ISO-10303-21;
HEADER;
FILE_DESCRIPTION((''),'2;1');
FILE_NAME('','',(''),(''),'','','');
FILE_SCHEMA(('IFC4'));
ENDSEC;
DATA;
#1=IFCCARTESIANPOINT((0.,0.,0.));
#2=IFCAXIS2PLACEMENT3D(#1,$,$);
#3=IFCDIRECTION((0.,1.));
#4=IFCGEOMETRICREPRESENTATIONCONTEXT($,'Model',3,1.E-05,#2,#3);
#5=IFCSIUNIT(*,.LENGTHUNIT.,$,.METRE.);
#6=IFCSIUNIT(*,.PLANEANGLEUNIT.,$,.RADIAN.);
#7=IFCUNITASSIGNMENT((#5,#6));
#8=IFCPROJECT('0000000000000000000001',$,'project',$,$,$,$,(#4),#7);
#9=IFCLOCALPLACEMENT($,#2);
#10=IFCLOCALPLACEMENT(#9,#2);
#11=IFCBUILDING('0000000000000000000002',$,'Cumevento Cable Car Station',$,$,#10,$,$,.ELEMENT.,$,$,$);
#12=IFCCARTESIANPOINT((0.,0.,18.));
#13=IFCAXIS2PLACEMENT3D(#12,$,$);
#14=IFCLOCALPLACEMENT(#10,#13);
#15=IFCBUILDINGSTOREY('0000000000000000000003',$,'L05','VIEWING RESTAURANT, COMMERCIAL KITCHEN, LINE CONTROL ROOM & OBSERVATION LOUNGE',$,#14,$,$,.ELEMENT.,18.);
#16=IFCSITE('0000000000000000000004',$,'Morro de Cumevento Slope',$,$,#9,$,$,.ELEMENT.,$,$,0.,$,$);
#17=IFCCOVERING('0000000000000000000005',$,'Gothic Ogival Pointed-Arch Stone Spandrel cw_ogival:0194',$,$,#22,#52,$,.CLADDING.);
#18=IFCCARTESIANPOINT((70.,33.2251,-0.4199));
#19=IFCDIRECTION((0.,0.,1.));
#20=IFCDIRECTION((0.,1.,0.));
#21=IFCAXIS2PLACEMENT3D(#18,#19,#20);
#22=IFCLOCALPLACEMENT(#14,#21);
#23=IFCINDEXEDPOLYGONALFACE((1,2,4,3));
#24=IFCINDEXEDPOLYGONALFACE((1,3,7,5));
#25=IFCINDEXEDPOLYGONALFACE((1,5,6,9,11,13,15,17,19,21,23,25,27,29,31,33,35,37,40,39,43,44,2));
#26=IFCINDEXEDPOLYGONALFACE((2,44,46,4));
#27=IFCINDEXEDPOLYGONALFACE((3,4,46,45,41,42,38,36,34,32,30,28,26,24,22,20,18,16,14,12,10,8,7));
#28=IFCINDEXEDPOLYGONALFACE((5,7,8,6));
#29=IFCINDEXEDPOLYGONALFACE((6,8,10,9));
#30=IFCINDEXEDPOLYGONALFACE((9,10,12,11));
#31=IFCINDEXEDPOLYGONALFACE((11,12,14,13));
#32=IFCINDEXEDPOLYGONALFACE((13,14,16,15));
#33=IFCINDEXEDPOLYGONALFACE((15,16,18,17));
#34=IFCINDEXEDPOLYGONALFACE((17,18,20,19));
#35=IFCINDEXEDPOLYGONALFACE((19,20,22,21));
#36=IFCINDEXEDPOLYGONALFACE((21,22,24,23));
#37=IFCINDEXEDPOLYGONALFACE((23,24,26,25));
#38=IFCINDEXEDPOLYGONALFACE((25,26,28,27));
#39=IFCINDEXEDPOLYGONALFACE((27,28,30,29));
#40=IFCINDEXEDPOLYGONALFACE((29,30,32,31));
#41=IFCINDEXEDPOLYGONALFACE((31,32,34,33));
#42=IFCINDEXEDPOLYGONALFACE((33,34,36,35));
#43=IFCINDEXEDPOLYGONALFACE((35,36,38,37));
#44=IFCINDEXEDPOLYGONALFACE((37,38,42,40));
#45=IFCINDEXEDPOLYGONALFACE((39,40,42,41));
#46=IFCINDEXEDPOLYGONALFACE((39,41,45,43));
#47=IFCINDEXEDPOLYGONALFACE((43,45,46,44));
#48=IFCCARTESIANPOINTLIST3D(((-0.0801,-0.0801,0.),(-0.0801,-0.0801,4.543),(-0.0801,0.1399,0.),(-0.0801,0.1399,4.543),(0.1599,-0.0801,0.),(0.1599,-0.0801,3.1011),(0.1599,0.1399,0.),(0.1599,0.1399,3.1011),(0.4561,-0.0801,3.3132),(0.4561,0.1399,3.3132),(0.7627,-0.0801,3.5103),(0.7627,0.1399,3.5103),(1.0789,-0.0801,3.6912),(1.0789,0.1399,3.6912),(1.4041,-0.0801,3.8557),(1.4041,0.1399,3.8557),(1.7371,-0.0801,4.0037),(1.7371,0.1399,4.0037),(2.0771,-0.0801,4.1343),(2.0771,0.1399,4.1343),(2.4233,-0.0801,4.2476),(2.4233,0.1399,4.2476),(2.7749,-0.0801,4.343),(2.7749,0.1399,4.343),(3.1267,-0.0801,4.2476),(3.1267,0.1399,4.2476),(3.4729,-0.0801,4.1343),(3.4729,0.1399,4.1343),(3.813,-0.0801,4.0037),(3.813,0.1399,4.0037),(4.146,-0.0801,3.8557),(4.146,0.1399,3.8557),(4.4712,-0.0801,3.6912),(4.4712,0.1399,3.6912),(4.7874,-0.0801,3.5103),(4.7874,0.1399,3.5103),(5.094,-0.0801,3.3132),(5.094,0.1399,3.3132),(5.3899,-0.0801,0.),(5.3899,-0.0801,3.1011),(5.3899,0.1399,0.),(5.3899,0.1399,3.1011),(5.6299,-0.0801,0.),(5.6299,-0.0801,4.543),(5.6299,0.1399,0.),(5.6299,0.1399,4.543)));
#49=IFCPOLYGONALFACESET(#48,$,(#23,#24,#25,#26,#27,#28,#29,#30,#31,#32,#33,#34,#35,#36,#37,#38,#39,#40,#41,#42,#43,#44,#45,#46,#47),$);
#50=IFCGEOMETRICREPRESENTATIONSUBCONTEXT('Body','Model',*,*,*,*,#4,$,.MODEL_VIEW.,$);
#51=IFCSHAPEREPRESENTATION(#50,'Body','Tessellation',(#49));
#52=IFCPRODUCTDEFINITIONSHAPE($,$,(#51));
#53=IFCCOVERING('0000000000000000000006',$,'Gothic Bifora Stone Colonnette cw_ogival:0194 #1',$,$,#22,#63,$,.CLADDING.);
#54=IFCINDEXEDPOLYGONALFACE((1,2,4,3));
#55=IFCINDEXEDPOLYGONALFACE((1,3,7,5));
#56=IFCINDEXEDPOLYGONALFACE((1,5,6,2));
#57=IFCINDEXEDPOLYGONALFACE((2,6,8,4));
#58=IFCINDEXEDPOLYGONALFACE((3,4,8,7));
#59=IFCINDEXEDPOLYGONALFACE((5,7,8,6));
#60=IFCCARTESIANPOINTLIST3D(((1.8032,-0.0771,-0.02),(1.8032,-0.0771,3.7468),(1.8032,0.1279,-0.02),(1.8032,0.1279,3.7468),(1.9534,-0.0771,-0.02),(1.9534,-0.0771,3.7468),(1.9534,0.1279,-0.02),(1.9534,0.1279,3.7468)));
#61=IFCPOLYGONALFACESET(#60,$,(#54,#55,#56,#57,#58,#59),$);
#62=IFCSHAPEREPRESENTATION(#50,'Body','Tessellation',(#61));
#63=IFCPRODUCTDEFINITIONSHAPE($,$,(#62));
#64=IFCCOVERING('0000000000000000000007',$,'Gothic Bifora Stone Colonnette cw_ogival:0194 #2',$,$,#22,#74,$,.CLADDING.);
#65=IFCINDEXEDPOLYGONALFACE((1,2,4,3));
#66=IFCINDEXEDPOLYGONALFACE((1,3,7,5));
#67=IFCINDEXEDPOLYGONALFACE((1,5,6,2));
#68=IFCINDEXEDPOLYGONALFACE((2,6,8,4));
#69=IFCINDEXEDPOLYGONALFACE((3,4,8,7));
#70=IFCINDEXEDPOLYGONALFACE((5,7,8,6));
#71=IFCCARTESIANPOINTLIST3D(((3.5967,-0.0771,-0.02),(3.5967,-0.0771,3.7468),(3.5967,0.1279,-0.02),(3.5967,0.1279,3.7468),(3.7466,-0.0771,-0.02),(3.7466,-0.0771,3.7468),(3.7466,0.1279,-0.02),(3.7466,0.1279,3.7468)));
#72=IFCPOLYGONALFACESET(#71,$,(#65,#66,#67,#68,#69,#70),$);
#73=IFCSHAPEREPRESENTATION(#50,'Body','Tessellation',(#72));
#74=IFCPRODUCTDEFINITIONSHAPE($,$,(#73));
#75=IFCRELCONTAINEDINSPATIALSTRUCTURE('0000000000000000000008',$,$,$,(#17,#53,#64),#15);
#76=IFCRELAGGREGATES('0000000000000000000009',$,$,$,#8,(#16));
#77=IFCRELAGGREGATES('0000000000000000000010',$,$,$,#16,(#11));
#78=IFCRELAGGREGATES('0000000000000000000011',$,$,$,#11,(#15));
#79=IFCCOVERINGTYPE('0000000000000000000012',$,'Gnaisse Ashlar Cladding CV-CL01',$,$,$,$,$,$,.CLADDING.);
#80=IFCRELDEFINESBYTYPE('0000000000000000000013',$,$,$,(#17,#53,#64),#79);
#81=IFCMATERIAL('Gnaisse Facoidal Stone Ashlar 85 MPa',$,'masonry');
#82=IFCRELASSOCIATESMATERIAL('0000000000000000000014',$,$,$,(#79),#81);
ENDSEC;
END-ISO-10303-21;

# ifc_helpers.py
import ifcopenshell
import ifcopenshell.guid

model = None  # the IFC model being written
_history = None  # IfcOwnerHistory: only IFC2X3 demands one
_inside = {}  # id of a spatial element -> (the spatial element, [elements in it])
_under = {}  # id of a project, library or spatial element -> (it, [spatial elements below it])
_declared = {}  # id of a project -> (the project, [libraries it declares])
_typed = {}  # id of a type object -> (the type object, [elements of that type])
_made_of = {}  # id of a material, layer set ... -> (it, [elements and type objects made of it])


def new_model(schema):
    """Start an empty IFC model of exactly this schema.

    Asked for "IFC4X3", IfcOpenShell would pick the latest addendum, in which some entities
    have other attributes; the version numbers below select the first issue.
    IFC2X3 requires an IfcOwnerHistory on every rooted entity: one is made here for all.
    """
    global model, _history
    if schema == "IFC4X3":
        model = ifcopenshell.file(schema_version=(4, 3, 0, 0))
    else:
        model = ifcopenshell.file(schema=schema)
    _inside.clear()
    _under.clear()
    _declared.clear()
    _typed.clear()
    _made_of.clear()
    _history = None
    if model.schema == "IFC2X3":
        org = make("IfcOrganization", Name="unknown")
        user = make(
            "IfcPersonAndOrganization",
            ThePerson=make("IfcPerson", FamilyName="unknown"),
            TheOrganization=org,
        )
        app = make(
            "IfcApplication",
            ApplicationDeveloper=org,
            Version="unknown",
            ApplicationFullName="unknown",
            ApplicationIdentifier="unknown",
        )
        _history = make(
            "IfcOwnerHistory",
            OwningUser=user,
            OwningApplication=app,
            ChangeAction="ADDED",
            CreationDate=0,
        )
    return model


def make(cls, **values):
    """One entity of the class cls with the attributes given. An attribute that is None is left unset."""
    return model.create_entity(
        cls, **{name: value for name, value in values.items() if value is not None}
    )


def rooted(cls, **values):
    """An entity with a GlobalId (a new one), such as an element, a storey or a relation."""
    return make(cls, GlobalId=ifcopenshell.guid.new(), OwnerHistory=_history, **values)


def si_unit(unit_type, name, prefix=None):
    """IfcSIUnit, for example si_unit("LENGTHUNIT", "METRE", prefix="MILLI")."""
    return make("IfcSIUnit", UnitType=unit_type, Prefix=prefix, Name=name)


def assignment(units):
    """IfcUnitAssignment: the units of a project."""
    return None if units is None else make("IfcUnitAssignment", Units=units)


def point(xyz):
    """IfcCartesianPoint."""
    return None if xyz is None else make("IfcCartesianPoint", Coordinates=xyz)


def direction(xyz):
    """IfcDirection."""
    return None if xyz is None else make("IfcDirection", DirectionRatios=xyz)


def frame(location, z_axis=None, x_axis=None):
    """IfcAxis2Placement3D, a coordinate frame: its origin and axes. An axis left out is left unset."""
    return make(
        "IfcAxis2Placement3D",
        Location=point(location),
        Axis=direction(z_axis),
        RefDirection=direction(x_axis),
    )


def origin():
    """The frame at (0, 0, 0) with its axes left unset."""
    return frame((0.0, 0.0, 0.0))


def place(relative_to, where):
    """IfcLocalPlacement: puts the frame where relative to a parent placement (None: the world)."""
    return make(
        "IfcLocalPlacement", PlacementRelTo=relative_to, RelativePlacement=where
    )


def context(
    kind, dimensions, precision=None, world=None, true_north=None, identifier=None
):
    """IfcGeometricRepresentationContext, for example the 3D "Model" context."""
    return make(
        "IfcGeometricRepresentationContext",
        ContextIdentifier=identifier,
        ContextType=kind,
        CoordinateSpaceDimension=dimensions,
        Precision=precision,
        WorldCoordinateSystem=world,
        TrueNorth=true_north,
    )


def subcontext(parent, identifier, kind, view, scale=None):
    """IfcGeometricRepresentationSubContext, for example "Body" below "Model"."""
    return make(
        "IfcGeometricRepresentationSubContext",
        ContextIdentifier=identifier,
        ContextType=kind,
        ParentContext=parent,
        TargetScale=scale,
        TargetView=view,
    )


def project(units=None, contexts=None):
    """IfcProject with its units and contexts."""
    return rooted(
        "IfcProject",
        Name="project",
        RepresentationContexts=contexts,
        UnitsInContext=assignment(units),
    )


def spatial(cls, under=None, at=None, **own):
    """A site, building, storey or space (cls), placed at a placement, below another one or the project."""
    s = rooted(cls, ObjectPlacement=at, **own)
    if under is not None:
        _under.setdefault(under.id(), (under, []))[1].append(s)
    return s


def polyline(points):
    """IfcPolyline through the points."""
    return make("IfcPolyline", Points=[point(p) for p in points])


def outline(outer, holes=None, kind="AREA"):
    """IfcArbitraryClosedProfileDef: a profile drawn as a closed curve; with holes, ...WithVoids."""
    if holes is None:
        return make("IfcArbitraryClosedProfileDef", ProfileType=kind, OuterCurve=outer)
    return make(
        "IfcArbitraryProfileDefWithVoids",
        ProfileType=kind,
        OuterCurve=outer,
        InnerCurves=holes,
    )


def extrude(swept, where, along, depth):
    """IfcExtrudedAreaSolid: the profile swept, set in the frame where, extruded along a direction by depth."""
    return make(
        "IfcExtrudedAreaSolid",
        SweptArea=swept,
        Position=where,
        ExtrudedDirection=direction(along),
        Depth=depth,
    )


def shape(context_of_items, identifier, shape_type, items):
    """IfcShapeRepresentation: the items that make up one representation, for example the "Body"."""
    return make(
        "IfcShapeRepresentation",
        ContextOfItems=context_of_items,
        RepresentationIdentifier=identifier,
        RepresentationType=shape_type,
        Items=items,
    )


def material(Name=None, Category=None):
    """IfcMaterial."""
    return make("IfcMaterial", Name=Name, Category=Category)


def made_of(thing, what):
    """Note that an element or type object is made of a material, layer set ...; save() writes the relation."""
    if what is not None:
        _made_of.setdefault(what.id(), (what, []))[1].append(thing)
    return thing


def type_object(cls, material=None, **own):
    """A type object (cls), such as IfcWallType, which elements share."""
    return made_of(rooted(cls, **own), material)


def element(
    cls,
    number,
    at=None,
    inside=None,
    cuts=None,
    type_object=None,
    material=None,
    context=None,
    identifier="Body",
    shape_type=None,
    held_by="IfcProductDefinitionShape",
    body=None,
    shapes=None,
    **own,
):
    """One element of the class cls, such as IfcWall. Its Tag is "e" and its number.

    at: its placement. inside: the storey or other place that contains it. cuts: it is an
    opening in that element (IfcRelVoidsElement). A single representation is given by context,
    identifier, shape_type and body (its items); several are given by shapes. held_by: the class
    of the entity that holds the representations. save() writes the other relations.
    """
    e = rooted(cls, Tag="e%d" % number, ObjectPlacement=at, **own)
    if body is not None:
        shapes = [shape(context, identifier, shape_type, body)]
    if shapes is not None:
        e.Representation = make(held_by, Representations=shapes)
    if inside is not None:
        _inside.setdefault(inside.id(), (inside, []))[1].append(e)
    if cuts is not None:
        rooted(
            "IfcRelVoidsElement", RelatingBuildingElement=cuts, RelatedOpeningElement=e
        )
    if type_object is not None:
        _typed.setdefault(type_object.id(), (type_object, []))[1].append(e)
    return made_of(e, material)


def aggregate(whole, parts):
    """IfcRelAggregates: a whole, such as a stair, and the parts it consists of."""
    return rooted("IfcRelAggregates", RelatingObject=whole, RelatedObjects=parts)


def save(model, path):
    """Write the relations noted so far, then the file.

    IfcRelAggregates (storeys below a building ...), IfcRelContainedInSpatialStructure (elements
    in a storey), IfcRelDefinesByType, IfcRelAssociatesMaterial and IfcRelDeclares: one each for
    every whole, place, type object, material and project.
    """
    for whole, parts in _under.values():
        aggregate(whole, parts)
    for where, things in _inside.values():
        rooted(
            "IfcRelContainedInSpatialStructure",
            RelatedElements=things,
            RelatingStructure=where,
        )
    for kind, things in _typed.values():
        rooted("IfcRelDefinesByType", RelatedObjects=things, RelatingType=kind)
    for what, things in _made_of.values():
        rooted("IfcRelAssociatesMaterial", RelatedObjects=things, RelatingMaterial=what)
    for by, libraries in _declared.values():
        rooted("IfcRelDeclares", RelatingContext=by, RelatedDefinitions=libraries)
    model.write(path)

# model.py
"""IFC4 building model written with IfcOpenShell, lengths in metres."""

from ifc_helpers import new_model, si_unit, direction, frame, origin, place, context, subcontext, project, spatial, polyline, outline, extrude, material, type_object, element, save


model = new_model("IFC4")

# Units and contexts
model_context = context("Model", 3, precision=1e-05, world=origin(), true_north=direction((0.0, 1.0)))
body_context = subcontext(model_context, "Body", "Model", "MODEL_VIEW")
ifc_project = project(units=[si_unit("LENGTHUNIT", "METRE"), si_unit("PLANEANGLEUNIT", "RADIAN")], contexts=[model_context])

# Site, building, storey
site_placement = place(None, origin())
site = spatial("IfcSite", under=ifc_project, at=site_placement, Name="Morro de Cumevento Slope", CompositionType="ELEMENT", RefElevation=0.0)
building_placement = place(site_placement, origin())
building = spatial("IfcBuilding", under=site, at=building_placement, Name="Cumevento Cable Car Station", CompositionType="ELEMENT")
storey_placement = place(building_placement, frame((0.0, 0.0, 18.0)))
storey = spatial("IfcBuildingStorey", under=building, at=storey_placement, Name="L05", Description="VIEWING RESTAURANT, COMMERCIAL KITCHEN, LINE CONTROL ROOM & OBSERVATION LOUNGE", CompositionType="ELEMENT", Elevation=18.0)

# Coverings
ifc_material_1 = material(Name="Gnaisse Facoidal Stone Ashlar 85 MPa", Category="masonry")
covering_type = type_object("IfcCoveringType", Name="Gnaisse Ashlar Cladding CV-CL01", PredefinedType="CLADDING", material=ifc_material_1)
placement = place(storey_placement, frame((70.0, 33.2251, -0.4199), z_axis=(0.0, 0.0, 1.0), x_axis=(0.0, 1.0, 0.0)))
element("IfcCovering", 1, at=placement, inside=storey, type_object=covering_type, Name="Gothic Ogival Pointed-Arch Stone Spandrel cw_ogival:0194", PredefinedType="CLADDING", context=body_context, shape_type="SweptSolid", body=[
    extrude(outline(polyline([(-0.0801, 0.0), (-0.0801, 4.543), (5.6299, 4.543), (5.6299, 0.0), (5.3899, 0.0), (5.3899, 3.1011), (5.094, 3.3132), (4.7874, 3.5103), (4.4712, 3.6912), (4.146, 3.8557), (3.813, 4.0037), (3.4729, 4.1343), (3.1267, 4.2476), (2.7749, 4.343), (2.4233, 4.2476), (2.0771, 4.1343), (1.7371, 4.0037), (1.4041, 3.8557), (1.0789, 3.6912), (0.7627, 3.5103), (0.4561, 3.3132), (0.1599, 3.1011), (0.1599, 0.0), (-0.0801, 0.0)])), frame((0.0, 0.1399, 0.0), z_axis=(0.0, -1.0, 0.0), x_axis=(1.0, 0.0, 0.0)), (0.0, 0.0, 1.0), 0.22),
])
element("IfcCovering", 2, at=placement, inside=storey, type_object=covering_type, Name="Gothic Bifora Stone Colonnette cw_ogival:0194 #1", PredefinedType="CLADDING", context=body_context, shape_type="SweptSolid", body=[
    extrude(outline(polyline([(1.8032, -0.02), (1.9534, -0.02), (1.9534, 3.7468), (1.8032, 3.7468), (1.8032, -0.02)])), frame((0.0, 0.1279, 0.0), z_axis=(0.0, -1.0, 0.0), x_axis=(1.0, 0.0, 0.0)), (0.0, 0.0, 1.0), 0.2051),
])
element("IfcCovering", 3, at=placement, inside=storey, type_object=covering_type, Name="Gothic Bifora Stone Colonnette cw_ogival:0194 #2", PredefinedType="CLADDING", context=body_context, shape_type="SweptSolid", body=[
    extrude(outline(polyline([(3.5967, -0.02), (3.7466, -0.02), (3.7466, 3.7468), (3.5967, 3.7468), (3.5967, -0.02)])), frame((0.0, 0.1279, 0.0), z_axis=(0.0, -1.0, 0.0), x_axis=(1.0, 0.0, 0.0)), (0.0, 0.0, 1.0), 0.2051),
])

save(model, "model.ifc")
